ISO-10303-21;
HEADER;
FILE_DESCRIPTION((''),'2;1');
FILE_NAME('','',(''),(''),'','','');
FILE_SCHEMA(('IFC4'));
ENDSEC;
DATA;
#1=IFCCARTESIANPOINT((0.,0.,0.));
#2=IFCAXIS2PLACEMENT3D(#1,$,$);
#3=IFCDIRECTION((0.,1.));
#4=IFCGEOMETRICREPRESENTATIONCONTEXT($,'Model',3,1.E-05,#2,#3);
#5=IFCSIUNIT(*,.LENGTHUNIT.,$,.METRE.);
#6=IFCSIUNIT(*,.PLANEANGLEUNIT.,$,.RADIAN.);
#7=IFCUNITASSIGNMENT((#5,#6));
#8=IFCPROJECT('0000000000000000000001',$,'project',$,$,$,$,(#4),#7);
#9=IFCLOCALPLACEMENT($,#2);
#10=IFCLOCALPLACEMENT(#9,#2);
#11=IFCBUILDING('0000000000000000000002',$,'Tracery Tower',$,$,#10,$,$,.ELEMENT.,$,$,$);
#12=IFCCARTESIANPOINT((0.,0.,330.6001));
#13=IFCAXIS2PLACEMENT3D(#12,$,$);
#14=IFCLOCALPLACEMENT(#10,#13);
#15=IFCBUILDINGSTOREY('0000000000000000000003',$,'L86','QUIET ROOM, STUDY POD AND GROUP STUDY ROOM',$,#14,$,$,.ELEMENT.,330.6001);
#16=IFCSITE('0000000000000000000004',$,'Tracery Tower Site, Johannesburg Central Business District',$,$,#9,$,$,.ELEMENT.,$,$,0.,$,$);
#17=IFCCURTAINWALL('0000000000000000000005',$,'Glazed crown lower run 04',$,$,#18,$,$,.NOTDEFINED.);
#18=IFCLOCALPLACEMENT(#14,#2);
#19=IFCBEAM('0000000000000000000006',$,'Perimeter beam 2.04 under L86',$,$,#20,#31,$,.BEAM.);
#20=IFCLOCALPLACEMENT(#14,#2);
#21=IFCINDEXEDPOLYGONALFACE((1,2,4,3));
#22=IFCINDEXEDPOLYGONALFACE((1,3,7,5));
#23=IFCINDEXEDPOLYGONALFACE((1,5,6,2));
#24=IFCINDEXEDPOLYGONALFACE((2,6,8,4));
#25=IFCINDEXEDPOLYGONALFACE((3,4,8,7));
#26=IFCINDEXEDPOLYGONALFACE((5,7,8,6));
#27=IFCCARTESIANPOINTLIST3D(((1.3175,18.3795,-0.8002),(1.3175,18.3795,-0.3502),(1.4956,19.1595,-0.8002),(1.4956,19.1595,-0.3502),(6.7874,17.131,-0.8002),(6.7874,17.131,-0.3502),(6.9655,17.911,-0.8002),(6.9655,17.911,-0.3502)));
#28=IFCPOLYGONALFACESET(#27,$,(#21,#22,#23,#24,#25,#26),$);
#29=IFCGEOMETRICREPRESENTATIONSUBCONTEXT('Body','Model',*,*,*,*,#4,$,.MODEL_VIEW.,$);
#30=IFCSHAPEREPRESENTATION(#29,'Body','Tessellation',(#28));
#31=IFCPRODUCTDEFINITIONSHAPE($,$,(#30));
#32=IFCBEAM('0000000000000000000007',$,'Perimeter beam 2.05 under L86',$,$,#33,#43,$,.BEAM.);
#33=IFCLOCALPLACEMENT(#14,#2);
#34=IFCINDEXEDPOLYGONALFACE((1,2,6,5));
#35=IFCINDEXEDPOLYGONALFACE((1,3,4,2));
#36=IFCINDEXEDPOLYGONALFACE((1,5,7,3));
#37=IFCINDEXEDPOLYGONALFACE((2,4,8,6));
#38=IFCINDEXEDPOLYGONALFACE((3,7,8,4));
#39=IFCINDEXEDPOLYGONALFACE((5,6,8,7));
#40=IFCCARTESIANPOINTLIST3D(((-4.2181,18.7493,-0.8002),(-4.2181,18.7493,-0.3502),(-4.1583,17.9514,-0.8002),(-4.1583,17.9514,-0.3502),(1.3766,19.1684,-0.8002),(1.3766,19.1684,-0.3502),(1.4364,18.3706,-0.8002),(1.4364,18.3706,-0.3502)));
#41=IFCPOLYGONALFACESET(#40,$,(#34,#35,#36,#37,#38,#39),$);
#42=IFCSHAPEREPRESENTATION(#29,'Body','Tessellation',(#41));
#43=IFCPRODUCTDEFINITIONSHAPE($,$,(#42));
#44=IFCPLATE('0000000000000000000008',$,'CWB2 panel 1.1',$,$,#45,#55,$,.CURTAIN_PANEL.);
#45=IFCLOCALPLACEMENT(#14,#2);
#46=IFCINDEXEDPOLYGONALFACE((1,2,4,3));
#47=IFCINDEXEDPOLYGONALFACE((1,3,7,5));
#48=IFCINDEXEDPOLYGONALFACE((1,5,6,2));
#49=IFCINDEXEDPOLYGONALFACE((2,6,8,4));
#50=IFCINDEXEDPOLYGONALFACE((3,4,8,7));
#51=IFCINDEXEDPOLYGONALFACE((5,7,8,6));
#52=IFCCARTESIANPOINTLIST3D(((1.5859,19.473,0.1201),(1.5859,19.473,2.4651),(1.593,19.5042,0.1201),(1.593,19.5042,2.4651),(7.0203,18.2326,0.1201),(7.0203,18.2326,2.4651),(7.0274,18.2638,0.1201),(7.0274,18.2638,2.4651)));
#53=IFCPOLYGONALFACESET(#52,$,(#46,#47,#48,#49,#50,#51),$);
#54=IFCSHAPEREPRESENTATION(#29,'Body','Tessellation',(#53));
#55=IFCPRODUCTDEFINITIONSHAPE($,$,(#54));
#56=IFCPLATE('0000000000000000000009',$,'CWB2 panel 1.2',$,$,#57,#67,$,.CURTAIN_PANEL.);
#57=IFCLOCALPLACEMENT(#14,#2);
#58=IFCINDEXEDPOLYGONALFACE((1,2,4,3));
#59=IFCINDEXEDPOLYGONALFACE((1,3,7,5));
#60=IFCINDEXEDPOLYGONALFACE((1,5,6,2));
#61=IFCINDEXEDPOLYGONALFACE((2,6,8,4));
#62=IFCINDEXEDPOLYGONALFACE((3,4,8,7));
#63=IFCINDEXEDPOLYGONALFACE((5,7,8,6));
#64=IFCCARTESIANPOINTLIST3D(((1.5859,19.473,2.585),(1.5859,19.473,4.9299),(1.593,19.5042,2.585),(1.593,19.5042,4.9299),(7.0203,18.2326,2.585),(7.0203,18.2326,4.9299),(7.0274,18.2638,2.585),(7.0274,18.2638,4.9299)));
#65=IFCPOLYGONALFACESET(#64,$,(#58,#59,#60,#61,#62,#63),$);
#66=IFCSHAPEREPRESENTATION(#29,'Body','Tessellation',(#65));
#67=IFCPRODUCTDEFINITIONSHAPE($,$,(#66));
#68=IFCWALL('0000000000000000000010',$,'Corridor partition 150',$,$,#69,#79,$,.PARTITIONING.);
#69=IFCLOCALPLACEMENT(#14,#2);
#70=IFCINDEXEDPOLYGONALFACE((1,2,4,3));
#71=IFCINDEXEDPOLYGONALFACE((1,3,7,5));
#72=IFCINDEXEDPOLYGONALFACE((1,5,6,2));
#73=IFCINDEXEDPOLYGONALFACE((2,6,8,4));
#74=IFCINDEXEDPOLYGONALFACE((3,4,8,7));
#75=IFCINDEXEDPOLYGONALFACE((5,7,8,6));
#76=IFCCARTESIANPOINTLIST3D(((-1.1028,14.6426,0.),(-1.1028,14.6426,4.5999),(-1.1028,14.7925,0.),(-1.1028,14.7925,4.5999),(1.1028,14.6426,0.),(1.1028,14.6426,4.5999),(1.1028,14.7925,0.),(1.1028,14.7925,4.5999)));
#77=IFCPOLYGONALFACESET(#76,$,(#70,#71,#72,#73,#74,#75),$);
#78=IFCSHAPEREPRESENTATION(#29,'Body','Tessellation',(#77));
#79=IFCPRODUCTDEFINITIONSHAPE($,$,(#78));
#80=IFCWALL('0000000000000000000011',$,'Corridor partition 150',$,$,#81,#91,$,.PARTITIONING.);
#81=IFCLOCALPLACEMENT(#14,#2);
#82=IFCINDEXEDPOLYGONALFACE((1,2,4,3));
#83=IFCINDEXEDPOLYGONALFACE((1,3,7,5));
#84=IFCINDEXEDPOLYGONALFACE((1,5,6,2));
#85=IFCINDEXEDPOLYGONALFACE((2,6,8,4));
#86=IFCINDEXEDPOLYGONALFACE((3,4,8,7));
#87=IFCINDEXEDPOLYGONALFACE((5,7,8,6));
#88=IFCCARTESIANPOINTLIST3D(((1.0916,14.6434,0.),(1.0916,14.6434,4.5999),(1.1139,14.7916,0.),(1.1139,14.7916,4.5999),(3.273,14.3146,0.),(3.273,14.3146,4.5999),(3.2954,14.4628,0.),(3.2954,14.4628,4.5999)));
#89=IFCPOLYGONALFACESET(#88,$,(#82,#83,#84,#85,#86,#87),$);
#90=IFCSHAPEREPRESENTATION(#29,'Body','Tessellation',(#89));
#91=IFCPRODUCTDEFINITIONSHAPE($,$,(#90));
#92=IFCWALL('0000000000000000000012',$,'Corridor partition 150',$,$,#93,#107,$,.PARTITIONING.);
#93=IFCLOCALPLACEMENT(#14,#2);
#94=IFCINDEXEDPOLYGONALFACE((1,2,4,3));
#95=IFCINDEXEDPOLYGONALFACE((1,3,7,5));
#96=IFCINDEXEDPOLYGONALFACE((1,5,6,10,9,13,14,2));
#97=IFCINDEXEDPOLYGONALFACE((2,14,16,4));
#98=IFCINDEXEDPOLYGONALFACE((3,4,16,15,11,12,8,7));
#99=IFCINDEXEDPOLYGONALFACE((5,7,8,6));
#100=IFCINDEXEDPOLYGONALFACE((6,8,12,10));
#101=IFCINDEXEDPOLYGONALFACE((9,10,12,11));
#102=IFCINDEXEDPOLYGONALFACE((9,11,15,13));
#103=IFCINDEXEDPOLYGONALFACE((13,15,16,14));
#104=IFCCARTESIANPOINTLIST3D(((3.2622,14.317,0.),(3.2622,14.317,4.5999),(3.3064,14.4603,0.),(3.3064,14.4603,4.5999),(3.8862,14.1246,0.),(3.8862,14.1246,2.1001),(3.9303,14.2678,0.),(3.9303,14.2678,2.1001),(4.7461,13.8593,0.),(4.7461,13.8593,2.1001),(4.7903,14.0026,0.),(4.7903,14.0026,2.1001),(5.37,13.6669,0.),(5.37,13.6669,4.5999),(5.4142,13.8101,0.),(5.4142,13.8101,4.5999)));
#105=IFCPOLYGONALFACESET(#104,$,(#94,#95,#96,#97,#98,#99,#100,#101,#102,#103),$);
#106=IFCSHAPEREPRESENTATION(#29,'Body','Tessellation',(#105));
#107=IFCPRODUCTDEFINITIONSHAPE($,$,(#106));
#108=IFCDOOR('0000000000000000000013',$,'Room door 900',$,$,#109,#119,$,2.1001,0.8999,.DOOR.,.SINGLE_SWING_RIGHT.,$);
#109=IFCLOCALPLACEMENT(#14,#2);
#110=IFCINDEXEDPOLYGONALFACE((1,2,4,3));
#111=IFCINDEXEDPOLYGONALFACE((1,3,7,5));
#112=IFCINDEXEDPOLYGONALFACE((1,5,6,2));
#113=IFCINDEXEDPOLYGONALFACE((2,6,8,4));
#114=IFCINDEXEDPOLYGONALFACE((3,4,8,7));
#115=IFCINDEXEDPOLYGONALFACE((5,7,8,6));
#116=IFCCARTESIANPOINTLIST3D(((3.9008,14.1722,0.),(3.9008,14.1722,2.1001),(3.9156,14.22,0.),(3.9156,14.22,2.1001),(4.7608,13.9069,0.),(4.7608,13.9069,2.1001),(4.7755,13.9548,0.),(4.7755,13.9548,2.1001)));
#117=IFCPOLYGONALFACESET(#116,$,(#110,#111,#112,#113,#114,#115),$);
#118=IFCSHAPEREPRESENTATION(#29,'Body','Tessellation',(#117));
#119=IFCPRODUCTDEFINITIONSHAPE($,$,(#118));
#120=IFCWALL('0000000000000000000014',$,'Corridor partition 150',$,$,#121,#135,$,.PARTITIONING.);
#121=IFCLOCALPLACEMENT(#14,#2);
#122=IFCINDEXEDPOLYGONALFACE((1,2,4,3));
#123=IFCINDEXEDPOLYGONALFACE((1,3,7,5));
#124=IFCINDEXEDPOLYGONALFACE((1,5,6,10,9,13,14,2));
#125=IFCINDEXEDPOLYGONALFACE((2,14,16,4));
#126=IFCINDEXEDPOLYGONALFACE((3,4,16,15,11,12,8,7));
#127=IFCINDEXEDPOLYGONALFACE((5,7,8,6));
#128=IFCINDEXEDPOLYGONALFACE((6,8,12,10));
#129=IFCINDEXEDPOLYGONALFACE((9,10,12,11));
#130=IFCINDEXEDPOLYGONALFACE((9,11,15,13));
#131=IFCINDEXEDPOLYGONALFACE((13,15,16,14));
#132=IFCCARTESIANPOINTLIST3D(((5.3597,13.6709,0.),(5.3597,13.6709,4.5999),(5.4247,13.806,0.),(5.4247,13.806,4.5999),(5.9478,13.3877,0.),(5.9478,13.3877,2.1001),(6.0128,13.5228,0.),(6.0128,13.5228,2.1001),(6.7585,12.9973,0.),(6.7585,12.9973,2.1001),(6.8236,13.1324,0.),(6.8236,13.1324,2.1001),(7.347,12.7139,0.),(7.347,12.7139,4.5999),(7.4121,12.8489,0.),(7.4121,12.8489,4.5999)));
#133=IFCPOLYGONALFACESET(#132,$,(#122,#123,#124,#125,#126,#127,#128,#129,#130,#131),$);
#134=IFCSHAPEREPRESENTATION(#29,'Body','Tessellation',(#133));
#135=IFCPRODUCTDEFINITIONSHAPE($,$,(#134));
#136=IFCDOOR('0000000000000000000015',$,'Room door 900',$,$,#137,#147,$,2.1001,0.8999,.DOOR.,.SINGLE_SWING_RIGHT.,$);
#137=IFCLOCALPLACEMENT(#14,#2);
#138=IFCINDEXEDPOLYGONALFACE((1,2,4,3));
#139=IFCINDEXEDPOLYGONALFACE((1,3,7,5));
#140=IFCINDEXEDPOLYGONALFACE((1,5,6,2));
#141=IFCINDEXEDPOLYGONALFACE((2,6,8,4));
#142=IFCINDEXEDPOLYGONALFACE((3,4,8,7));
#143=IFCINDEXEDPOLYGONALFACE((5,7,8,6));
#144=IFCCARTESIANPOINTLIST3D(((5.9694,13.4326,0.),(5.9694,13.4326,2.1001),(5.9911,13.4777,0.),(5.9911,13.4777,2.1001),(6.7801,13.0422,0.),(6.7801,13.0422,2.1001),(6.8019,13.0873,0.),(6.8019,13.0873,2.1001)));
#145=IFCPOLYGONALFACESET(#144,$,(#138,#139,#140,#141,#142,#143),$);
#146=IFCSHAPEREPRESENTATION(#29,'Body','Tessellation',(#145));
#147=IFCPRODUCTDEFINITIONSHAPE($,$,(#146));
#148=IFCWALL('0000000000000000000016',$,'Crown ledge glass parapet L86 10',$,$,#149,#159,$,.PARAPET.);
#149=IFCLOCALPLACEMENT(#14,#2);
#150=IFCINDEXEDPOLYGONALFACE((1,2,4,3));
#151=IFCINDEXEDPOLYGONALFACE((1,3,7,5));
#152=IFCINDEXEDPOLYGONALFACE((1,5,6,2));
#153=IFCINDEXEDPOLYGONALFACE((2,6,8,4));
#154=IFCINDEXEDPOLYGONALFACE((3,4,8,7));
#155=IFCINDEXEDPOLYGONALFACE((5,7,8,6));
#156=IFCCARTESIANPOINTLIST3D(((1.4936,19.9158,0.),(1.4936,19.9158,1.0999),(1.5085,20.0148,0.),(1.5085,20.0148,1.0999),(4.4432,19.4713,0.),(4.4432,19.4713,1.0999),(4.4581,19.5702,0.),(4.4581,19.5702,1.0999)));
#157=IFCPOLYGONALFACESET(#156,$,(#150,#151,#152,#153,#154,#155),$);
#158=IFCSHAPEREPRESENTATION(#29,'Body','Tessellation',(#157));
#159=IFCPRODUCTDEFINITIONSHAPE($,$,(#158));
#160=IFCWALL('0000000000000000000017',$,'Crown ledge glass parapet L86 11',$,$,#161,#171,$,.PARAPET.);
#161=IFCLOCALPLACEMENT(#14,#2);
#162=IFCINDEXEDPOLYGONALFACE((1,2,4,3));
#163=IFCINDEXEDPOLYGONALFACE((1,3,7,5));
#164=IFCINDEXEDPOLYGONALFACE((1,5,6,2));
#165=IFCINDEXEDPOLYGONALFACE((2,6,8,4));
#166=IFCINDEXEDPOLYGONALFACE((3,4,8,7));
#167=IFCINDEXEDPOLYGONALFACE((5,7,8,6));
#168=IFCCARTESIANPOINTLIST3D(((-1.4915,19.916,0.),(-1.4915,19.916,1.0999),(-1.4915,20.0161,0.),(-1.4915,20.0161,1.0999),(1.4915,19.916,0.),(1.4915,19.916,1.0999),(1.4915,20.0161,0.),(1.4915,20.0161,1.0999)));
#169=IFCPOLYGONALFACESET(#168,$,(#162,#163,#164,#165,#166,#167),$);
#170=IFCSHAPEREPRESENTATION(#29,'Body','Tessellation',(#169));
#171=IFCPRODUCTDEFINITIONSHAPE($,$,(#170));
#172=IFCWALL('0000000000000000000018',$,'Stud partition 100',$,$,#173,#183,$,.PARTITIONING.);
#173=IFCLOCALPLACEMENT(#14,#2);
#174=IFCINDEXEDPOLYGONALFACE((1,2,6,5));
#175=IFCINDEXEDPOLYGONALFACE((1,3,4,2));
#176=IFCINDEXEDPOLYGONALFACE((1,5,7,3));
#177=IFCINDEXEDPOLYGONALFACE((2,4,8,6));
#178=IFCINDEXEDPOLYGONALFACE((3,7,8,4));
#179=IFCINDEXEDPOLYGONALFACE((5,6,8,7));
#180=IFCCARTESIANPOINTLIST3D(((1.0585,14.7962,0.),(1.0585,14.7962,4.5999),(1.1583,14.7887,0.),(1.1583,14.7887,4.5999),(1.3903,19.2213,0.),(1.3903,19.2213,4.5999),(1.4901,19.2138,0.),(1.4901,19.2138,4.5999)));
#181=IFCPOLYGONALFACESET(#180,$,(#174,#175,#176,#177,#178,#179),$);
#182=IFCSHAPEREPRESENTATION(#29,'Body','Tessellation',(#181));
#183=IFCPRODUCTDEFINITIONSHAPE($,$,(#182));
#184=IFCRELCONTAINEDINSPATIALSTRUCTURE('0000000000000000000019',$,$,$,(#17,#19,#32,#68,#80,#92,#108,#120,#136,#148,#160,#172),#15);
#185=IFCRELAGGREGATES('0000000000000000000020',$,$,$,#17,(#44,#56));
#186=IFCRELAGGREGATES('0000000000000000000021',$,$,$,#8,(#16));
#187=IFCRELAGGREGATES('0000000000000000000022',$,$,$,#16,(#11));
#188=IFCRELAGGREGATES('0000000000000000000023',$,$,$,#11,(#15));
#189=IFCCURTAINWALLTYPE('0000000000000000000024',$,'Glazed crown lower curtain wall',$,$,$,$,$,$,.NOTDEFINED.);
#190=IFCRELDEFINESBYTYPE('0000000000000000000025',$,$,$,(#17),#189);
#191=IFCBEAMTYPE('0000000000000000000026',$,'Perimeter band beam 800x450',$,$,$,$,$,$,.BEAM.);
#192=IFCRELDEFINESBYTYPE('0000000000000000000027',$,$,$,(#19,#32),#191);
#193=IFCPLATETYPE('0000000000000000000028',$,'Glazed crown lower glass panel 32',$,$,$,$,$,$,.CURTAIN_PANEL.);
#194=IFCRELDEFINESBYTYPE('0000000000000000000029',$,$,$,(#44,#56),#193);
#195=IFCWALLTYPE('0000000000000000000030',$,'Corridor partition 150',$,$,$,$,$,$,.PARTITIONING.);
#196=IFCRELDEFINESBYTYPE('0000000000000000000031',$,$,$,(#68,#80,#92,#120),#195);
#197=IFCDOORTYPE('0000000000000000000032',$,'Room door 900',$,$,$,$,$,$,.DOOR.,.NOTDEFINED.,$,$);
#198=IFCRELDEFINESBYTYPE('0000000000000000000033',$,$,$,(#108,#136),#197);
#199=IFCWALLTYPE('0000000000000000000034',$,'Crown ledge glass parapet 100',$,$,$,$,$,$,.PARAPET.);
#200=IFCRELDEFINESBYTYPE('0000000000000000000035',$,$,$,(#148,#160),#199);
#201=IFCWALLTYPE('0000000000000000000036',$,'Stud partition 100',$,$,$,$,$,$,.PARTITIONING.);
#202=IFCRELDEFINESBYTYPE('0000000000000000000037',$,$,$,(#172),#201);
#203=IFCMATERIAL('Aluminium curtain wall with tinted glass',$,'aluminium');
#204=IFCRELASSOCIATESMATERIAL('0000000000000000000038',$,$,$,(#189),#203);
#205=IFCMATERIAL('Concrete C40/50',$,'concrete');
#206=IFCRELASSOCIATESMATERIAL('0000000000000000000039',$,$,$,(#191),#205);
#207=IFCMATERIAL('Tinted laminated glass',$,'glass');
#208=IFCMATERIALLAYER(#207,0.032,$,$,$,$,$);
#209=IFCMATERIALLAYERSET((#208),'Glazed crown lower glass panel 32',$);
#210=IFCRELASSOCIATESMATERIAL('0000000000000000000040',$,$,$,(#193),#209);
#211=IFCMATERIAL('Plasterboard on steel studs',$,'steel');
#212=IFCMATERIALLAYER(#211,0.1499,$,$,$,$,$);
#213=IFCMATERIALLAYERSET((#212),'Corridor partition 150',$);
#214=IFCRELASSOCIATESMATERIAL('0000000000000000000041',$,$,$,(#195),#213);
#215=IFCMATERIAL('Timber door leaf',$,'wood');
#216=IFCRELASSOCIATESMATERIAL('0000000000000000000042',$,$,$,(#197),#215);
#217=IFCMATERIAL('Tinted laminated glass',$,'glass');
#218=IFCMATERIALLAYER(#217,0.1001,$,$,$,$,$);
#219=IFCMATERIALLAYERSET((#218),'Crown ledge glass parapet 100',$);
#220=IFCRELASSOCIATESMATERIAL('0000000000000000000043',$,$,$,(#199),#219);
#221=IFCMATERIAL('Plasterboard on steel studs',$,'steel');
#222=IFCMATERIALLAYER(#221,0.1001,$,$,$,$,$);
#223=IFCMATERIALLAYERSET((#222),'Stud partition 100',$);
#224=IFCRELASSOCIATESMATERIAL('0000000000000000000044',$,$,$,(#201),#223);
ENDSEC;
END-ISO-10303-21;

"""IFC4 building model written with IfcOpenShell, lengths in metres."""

from ifc_helpers import new_model, si_unit, direction, frame, frame_2d, origin, origin_2d, place, context, subcontext, project, spatial, rectangle, extrude, material, layer, layer_set, material_profile, profile_set, type_object, element, fill, aggregate, save


model = new_model("IFC4")

# Units and contexts
model_context = context("Model", 3, precision=1e-05, world=origin(), true_north=direction((0.0, 1.0)))
body_context = subcontext(model_context, "Body", "Model", "MODEL_VIEW")
ifc_project = project(units=[si_unit("LENGTHUNIT", "METRE"), si_unit("PLANEANGLEUNIT", "RADIAN")], contexts=[model_context])

# Site, building, storey
site_placement = place(None, origin())
site = spatial("IfcSite", under=ifc_project, at=site_placement, Name="Tracery Tower Site, Johannesburg Central Business District", CompositionType="ELEMENT", RefElevation=0.0)
building_placement = place(site_placement, origin())
building = spatial("IfcBuilding", under=site, at=building_placement, Name="Tracery Tower", CompositionType="ELEMENT")
storey_placement = place(building_placement, frame((0.0, 0.0, 330.6001)))
storey = spatial("IfcBuildingStorey", under=building, at=storey_placement, Name="L86", Description="QUIET ROOM, STUDY POD AND GROUP STUDY ROOM", CompositionType="ELEMENT", Elevation=330.6001)

# Curtain wall
ifc_material_1 = material(Name="Aluminium curtain wall with tinted glass", Category="aluminium")
curtain_wall_type = type_object("IfcCurtainWallType", Name="Glazed crown lower curtain wall", PredefinedType="NOTDEFINED", material=ifc_material_1)
curtain_wall_1_placement = place(storey_placement, origin())
curtain_wall_1 = element("IfcCurtainWall", 1, at=curtain_wall_1_placement, inside=storey, type_object=curtain_wall_type, Name="Glazed crown lower run 04", PredefinedType="NOTDEFINED")

# Beams
ifc_material_2 = material(Name="Concrete C40/50", Category="concrete")
ifc_material_profile_1 = material_profile(ifc_material_2, rectangle(XDim=0.8, YDim=0.45, at=origin_2d()), Name="RC 800x450")
ifc_profile_set_1 = profile_set([ifc_material_profile_1], Name="Concrete C40/50")
beam_type = type_object("IfcBeamType", Name="Perimeter band beam 800x450", PredefinedType="BEAM", material=ifc_profile_set_1)
beam_1_placement = place(storey_placement, frame((6.8765, 17.521, -0.5752), z_axis=(-0.974926, 0.222529, 0.0), x_axis=(-0.222529, -0.974926, 0.0)))
element("IfcBeam", 2, at=beam_1_placement, inside=storey, type_object=beam_type, Name="Perimeter beam 2.04 under L86", PredefinedType="BEAM", context=body_context, shape_type="SweptSolid", body=[
    extrude(rectangle(XDim=0.8, YDim=0.45, at=origin_2d()), origin(), (0.0, 0.0, 1.0), 5.6106),
])
beam_2_placement = place(storey_placement, frame((1.4065, 18.7695, -0.5752), z_axis=(-0.997205, -0.074716, 0.0), x_axis=(0.074716, -0.997205, 0.0)))
element("IfcBeam", 3, at=beam_2_placement, inside=storey, type_object=beam_type, Name="Perimeter beam 2.05 under L86", PredefinedType="BEAM", context=body_context, shape_type="SweptSolid", body=[
    extrude(rectangle(XDim=0.8, YDim=0.45, at=origin_2d()), origin(), (0.0, 0.0, 1.0), 5.6104),
])

# Plates
ifc_material_3 = material(Name="Tinted laminated glass", Category="glass")
ifc_layer_1 = layer(ifc_material_3, 0.032)
ifc_layer_set_1 = layer_set([ifc_layer_1], Name="Glazed crown lower glass panel 32")
plate_type = type_object("IfcPlateType", Name="Glazed crown lower glass panel 32", PredefinedType="CURTAIN_PANEL", material=ifc_layer_set_1)
plate_1_placement = place(storey_placement, frame((4.3066, 18.8684, 0.1201), z_axis=(0.0, 0.0, 1.0), x_axis=(-0.974925, 0.222534, 0.0)))
plate_1 = element("IfcPlate", 4, at=plate_1_placement, type_object=plate_type, Name="CWB2 panel 1.1", PredefinedType="CURTAIN_PANEL", context=body_context, shape_type="SweptSolid", body=[
    extrude(rectangle(XDim=5.5742, YDim=0.032, at=origin_2d()), origin(), (0.0, 0.0, 1.0), 2.345),
])
plate_2_placement = place(storey_placement, frame((4.3066, 18.8684, 2.585), z_axis=(0.0, 0.0, 1.0), x_axis=(-0.974925, 0.222534, 0.0)))
plate_2 = element("IfcPlate", 5, at=plate_2_placement, type_object=plate_type, Name="CWB2 panel 1.2", PredefinedType="CURTAIN_PANEL", context=body_context, shape_type="SweptSolid", body=[
    extrude(rectangle(XDim=5.5742, YDim=0.032, at=origin_2d()), origin(), (0.0, 0.0, 1.0), 2.345),
])
aggregate(curtain_wall_1, [plate_1, plate_2])

# Walls
ifc_material_4 = material(Name="Plasterboard on steel studs", Category="steel")
ifc_layer_2 = layer(ifc_material_4, 0.1499)
ifc_layer_set_2 = layer_set([ifc_layer_2], Name="Corridor partition 150")
wall_type_1 = type_object("IfcWallType", Name="Corridor partition 150", PredefinedType="PARTITIONING", material=ifc_layer_set_2)
wall_1_placement = place(storey_placement, frame((1.1028, 14.7175, 0.0), z_axis=(0.0, 0.0, 1.0), x_axis=(-1.0, 0.0, 0.0)))
element("IfcWall", 6, at=wall_1_placement, inside=storey, type_object=wall_type_1, Name="Corridor partition 150", PredefinedType="PARTITIONING", context=body_context, shape_type="SweptSolid", body=[
    extrude(rectangle(XDim=2.2056, YDim=0.1499, at=frame_2d((1.1028, 0.0))), origin(), (0.0, 0.0, 1.0), 4.5999),
])
wall_2_placement = place(storey_placement, frame((3.2842, 14.3887, 0.0), z_axis=(0.0, 0.0, 1.0), x_axis=(-0.988826, 0.149071, 0.0)))
element("IfcWall", 7, at=wall_2_placement, inside=storey, type_object=wall_type_1, Name="Corridor partition 150", PredefinedType="PARTITIONING", context=body_context, shape_type="SweptSolid", body=[
    extrude(rectangle(XDim=2.2061, YDim=0.1499, at=frame_2d((1.103, 0.0))), origin(), (0.0, 0.0, 1.0), 4.5999),
])

# Walls, openings, doors
wall_3_placement = place(storey_placement, frame((3.2842, 14.3887, 0.0), z_axis=(0.0, 0.0, 1.0), x_axis=(0.95558, -0.294731, 0.0)))
wall_3 = element("IfcWall", 8, at=wall_3_placement, inside=storey, type_object=wall_type_1, Name="Corridor partition 150", PredefinedType="PARTITIONING", context=body_context, shape_type="SweptSolid", body=[
    extrude(rectangle(XDim=2.2058, YDim=0.1499, at=frame_2d((1.103, 0.0))), origin(), (0.0, 0.0, 1.0), 4.5999),
])
opening_1_placement = place(wall_3_placement, frame((0.6531, 0.0, 0.0)))
opening_1 = element("IfcOpeningElement", 9, at=opening_1_placement, cuts=wall_3, PredefinedType="OPENING", context=body_context, shape_type="SweptSolid", body=[
    extrude(rectangle(XDim=0.8999, YDim=2.1001, at=frame_2d((0.45, 1.05))), frame((0.0, 0.075, 0.0), z_axis=(0.0, -1.0, 0.0), x_axis=(1.0, 0.0, 0.0)), (0.0, 0.0, 1.0), 0.1499),
])
ifc_material_5 = material(Name="Timber door leaf", Category="wood")
door_type = type_object("IfcDoorType", Name="Room door 900", OperationType="NOTDEFINED", PredefinedType="DOOR", material=ifc_material_5)
door_1_placement = place(opening_1_placement, origin())
door_1 = element("IfcDoor", 10, at=door_1_placement, inside=storey, type_object=door_type, Name="Room door 900", OperationType="SINGLE_SWING_RIGHT", OverallHeight=2.1001, OverallWidth=0.8999, PredefinedType="DOOR", context=body_context, shape_type="SweptSolid", body=[
    extrude(rectangle(XDim=0.8999, YDim=2.1001, at=frame_2d((0.45, 1.05))), frame((0.0, 0.0249, 0.0), z_axis=(0.0, -1.0, 0.0), x_axis=(1.0, 0.0, 0.0)), (0.0, 0.0, 1.0), 0.05),
])
fill(opening_1, door_1)
wall_4_placement = place(storey_placement, frame((5.3921, 13.7385, 0.0), z_axis=(0.0, 0.0, 1.0), x_axis=(0.90097, -0.433882, 0.0)))
wall_4 = element("IfcWall", 11, at=wall_4_placement, inside=storey, type_object=wall_type_1, Name="Corridor partition 150", PredefinedType="PARTITIONING", context=body_context, shape_type="SweptSolid", body=[
    extrude(rectangle(XDim=2.2058, YDim=0.1499, at=frame_2d((1.103, 0.0))), origin(), (0.0, 0.0, 1.0), 4.5999),
])
opening_2_placement = place(wall_4_placement, frame((0.6528, 0.0, 0.0)))
opening_2 = element("IfcOpeningElement", 12, at=opening_2_placement, cuts=wall_4, PredefinedType="OPENING", context=body_context, shape_type="SweptSolid", body=[
    extrude(rectangle(XDim=0.8999, YDim=2.1001, at=frame_2d((0.45, 1.05))), frame((0.0, 0.075, 0.0), z_axis=(0.0, -1.0, 0.0), x_axis=(1.0, 0.0, 0.0)), (0.0, 0.0, 1.0), 0.1499),
])
door_2_placement = place(opening_2_placement, origin())
door_2 = element("IfcDoor", 13, at=door_2_placement, inside=storey, type_object=door_type, Name="Room door 900", OperationType="SINGLE_SWING_RIGHT", OverallHeight=2.1001, OverallWidth=0.8999, PredefinedType="DOOR", context=body_context, shape_type="SweptSolid", body=[
    extrude(rectangle(XDim=0.8999, YDim=2.1001, at=frame_2d((0.45, 1.05))), frame((0.0, 0.0249, 0.0), z_axis=(0.0, -1.0, 0.0), x_axis=(1.0, 0.0, 0.0)), (0.0, 0.0, 1.0), 0.05),
])
fill(opening_2, door_2)

# Walls
ifc_material_6 = material(Name="Tinted laminated glass", Category="glass")
ifc_layer_3 = layer(ifc_material_6, 0.1001)
ifc_layer_set_3 = layer_set([ifc_layer_3], Name="Crown ledge glass parapet 100")
wall_type_2 = type_object("IfcWallType", Name="Crown ledge glass parapet 100", PredefinedType="PARAPET", material=ifc_layer_set_3)
for number, where, z_axis, x_axis, name in (
    (14, (4.4507, 19.5208, 0.0), (0.0, 0.0, 1.0), (-0.988832, 0.149037, 0.0), "Crown ledge glass parapet L86 10"),
    (15, (1.4915, 19.9661, 0.0), (0.0, 0.0, 1.0), (-1.0, 0.0, 0.0), "Crown ledge glass parapet L86 11"),
):
    element("IfcWall", number, at=place(storey_placement, frame(where, z_axis=z_axis, x_axis=x_axis)), inside=storey, type_object=wall_type_2, Name=name, PredefinedType="PARAPET", context=body_context, shape_type="SweptSolid", body=[
        extrude(rectangle(XDim=2.9829, YDim=0.1001, at=frame_2d((1.4915, 0.0))), origin(), (0.0, 0.0, 1.0), 1.0999),
    ])
ifc_material_7 = material(Name="Plasterboard on steel studs", Category="steel")
ifc_layer_4 = layer(ifc_material_7, 0.1001)
ifc_layer_set_4 = layer_set([ifc_layer_4], Name="Stud partition 100")
wall_type_3 = type_object("IfcWallType", Name="Stud partition 100", PredefinedType="PARTITIONING", material=ifc_layer_set_4)
wall_5_placement = place(storey_placement, frame((1.4402, 19.2175, 0.0), z_axis=(0.0, 0.0, 1.0), x_axis=(-0.074769, -0.997201, 0.0)))
element("IfcWall", 16, at=wall_5_placement, inside=storey, type_object=wall_type_3, Name="Stud partition 100", PredefinedType="PARTITIONING", context=body_context, shape_type="SweptSolid", body=[
    extrude(rectangle(XDim=4.4375, YDim=0.1001, at=frame_2d((2.2188, 0.0))), origin(), (0.0, 0.0, 1.0), 4.5999),
])

save(model, "model.ifc")
